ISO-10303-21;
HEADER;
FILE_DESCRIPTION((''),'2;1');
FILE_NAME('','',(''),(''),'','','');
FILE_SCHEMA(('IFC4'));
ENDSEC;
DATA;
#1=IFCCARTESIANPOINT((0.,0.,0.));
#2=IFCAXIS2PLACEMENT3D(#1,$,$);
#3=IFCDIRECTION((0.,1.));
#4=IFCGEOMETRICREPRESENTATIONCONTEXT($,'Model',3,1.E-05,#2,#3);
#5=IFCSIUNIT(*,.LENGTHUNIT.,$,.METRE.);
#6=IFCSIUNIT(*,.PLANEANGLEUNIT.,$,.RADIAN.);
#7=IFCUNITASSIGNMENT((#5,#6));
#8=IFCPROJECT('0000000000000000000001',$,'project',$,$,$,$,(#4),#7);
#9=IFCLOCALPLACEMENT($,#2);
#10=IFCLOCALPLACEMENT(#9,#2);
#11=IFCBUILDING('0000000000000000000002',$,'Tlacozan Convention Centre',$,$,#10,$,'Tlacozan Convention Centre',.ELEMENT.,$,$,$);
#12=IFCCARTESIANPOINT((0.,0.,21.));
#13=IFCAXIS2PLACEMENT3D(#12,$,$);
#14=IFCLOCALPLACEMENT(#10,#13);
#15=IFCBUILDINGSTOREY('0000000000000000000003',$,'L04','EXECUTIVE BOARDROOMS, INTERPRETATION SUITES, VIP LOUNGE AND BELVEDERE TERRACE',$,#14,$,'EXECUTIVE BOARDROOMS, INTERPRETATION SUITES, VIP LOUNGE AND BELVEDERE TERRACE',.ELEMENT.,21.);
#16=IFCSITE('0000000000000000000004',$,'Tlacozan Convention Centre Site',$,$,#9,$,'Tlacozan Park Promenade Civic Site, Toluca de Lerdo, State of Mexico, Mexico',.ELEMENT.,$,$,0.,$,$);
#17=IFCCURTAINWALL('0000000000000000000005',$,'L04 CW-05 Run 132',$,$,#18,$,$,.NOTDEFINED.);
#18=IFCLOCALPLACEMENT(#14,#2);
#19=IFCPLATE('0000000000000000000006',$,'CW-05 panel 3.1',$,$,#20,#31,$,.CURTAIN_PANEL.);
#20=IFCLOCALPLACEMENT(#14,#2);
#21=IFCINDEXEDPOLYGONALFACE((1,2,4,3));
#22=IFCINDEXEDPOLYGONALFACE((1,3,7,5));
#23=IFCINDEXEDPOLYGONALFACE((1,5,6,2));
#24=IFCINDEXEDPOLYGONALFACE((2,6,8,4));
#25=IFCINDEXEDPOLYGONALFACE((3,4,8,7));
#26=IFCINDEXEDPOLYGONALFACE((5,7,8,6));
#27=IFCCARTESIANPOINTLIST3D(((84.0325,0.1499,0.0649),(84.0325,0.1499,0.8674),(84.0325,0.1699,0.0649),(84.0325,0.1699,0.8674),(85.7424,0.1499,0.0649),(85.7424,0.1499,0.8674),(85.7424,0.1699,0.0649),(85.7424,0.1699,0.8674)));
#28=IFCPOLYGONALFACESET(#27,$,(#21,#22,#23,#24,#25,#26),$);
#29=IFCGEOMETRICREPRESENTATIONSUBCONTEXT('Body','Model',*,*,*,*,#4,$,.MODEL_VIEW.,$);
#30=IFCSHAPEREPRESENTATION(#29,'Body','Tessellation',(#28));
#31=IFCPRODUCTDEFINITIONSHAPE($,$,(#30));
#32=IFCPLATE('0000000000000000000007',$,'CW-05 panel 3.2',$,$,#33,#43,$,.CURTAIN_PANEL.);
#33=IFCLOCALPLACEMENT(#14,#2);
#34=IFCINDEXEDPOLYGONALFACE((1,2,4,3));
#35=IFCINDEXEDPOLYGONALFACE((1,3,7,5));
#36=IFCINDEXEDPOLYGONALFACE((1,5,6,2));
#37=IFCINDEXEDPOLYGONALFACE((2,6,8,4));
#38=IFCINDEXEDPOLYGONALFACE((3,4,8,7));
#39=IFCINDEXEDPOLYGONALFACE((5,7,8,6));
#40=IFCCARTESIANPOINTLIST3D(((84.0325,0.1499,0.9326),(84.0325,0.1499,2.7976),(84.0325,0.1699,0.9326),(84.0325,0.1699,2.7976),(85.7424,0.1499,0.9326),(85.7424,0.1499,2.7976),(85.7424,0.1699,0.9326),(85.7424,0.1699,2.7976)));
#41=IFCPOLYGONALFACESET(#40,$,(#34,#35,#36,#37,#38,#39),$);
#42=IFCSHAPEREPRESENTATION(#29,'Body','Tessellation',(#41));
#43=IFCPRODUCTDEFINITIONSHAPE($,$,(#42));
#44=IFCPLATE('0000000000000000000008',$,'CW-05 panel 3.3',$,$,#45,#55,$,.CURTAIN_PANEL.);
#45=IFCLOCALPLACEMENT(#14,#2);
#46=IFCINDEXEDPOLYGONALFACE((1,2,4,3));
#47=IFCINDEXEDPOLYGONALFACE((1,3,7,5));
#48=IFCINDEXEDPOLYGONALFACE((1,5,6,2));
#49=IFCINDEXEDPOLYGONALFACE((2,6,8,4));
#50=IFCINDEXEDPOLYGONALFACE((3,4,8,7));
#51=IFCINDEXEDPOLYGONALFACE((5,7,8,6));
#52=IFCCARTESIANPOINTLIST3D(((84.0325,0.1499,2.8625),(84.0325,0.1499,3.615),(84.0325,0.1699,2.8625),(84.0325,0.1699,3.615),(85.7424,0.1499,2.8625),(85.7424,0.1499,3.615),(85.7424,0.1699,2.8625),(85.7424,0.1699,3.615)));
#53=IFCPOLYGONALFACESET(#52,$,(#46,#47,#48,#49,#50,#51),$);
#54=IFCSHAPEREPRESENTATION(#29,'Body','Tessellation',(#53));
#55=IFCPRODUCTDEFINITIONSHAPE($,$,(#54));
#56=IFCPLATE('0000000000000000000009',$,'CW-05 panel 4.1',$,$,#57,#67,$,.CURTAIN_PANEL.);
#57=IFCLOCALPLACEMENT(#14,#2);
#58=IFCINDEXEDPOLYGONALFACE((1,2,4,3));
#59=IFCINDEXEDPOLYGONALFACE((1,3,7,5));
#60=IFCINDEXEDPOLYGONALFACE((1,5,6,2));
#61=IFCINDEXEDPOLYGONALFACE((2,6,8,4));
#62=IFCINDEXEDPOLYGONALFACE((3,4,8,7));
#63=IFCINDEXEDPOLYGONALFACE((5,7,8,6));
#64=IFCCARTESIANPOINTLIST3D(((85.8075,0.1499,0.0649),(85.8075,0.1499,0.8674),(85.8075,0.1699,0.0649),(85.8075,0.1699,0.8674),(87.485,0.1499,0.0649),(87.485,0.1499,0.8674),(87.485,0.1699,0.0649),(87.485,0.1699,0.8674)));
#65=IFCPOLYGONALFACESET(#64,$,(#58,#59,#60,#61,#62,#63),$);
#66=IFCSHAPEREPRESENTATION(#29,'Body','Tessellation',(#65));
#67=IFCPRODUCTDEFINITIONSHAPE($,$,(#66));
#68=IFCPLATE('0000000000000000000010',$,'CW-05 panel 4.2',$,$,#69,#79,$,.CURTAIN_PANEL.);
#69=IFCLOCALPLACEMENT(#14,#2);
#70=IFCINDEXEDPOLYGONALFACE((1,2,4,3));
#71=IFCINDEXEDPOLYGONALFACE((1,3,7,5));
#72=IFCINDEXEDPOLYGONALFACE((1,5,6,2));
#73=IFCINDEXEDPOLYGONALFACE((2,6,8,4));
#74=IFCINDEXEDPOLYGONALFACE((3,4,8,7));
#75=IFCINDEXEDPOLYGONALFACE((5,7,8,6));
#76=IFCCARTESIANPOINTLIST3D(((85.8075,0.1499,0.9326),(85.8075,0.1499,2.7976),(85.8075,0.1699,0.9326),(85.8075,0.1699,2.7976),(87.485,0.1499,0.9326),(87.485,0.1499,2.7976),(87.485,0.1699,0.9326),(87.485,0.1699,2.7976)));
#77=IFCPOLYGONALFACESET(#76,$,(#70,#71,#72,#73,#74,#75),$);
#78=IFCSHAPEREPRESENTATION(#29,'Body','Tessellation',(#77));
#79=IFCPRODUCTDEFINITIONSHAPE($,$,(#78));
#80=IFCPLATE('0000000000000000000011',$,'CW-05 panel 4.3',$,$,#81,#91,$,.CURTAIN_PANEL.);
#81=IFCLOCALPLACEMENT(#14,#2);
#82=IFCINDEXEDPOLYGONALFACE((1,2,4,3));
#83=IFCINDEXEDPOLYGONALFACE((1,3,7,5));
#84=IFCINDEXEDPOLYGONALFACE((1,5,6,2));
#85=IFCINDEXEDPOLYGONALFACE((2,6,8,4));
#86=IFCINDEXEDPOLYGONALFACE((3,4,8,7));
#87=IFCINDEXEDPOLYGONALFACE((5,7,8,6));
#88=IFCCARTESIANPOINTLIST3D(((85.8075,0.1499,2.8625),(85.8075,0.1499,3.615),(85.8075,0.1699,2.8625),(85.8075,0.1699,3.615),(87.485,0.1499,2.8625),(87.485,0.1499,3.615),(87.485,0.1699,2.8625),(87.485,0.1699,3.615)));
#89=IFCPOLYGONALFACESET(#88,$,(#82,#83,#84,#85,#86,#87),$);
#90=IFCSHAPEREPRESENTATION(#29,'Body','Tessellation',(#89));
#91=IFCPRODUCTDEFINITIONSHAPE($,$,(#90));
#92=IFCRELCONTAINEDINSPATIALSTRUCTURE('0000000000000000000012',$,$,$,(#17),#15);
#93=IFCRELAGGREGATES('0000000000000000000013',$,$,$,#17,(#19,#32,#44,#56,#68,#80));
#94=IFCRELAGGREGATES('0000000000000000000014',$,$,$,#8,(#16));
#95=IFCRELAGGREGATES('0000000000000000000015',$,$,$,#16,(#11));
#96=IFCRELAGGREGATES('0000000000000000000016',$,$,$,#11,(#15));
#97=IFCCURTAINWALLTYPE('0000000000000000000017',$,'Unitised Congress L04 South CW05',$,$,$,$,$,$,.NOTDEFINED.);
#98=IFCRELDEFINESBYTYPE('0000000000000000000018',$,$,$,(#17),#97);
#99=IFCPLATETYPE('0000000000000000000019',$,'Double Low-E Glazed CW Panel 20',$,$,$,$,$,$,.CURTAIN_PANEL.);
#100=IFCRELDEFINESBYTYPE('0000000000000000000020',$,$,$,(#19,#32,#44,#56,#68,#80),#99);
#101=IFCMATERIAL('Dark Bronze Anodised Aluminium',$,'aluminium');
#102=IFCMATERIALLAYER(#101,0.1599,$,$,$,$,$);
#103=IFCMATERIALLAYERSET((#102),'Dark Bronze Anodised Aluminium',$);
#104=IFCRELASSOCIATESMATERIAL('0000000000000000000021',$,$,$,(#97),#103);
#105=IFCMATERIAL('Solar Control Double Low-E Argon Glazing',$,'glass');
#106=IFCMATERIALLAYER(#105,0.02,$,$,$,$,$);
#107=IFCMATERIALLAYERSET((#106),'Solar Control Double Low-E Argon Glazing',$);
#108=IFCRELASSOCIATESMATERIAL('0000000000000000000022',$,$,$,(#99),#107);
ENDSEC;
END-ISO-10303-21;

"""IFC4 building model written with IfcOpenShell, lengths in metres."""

from ifc_helpers import new_model, si_unit, direction, frame, origin, origin_2d, place, context, subcontext, project, spatial, rectangle, extrude, material, layer, layer_set, type_object, element, aggregate, save


model = new_model("IFC4")

# Units and contexts
model_context = context("Model", 3, precision=1e-05, world=origin(), true_north=direction((0.0, 1.0)))
body_context = subcontext(model_context, "Body", "Model", "MODEL_VIEW")
ifc_project = project(units=[si_unit("LENGTHUNIT", "METRE"), si_unit("PLANEANGLEUNIT", "RADIAN")], contexts=[model_context])

# Site, building, storey
site_placement = place(None, origin())
site = spatial("IfcSite", under=ifc_project, at=site_placement, Name="Tlacozan Convention Centre Site", LongName="Tlacozan Park Promenade Civic Site, Toluca de Lerdo, State of Mexico, Mexico", CompositionType="ELEMENT", RefElevation=0.0)
building_placement = place(site_placement, origin())
building = spatial("IfcBuilding", under=site, at=building_placement, Name="Tlacozan Convention Centre", LongName="Tlacozan Convention Centre", CompositionType="ELEMENT")
storey_placement = place(building_placement, frame((0.0, 0.0, 21.0)))
storey = spatial("IfcBuildingStorey", under=building, at=storey_placement, Name="L04", Description="EXECUTIVE BOARDROOMS, INTERPRETATION SUITES, VIP LOUNGE AND BELVEDERE TERRACE", LongName="EXECUTIVE BOARDROOMS, INTERPRETATION SUITES, VIP LOUNGE AND BELVEDERE TERRACE", CompositionType="ELEMENT", Elevation=21.0)

# Curtain wall
ifc_material_1 = material(Name="Dark Bronze Anodised Aluminium", Category="aluminium")
ifc_layer_1 = layer(ifc_material_1, 0.1599)
ifc_layer_set_1 = layer_set([ifc_layer_1], Name="Dark Bronze Anodised Aluminium")
curtain_wall_type = type_object("IfcCurtainWallType", Name="Unitised Congress L04 South CW05", PredefinedType="NOTDEFINED", material=ifc_layer_set_1)
curtain_wall_1_placement = place(storey_placement, origin())
curtain_wall_1 = element("IfcCurtainWall", 1, at=curtain_wall_1_placement, inside=storey, type_object=curtain_wall_type, Name="L04 CW-05 Run 132", PredefinedType="NOTDEFINED")

# Plates
ifc_material_2 = material(Name="Solar Control Double Low-E Argon Glazing", Category="glass")
ifc_layer_2 = layer(ifc_material_2, 0.02)
ifc_layer_set_2 = layer_set([ifc_layer_2], Name="Solar Control Double Low-E Argon Glazing")
plate_type = type_object("IfcPlateType", Name="Double Low-E Glazed CW Panel 20", PredefinedType="CURTAIN_PANEL", material=ifc_layer_set_2)
plate_1_placement = place(storey_placement, frame((84.8875, 0.1599, 0.0649), z_axis=(0.0, 0.0, 1.0), x_axis=(1.0, 0.0, 0.0)))
plate_1 = element("IfcPlate", 2, at=plate_1_placement, type_object=plate_type, Name="CW-05 panel 3.1", PredefinedType="CURTAIN_PANEL", context=body_context, shape_type="SweptSolid", body=[
    extrude(rectangle(XDim=1.71, YDim=0.02, at=origin_2d()), origin(), (0.0, 0.0, 1.0), 0.8025),
])
plate_2_placement = place(storey_placement, frame((84.8875, 0.1599, 0.9326), z_axis=(0.0, 0.0, 1.0), x_axis=(1.0, 0.0, 0.0)))
plate_2 = element("IfcPlate", 3, at=plate_2_placement, type_object=plate_type, Name="CW-05 panel 3.2", PredefinedType="CURTAIN_PANEL", context=body_context, shape_type="SweptSolid", body=[
    extrude(rectangle(XDim=1.71, YDim=0.02, at=origin_2d()), origin(), (0.0, 0.0, 1.0), 1.865),
])
plate_3_placement = place(storey_placement, frame((84.8875, 0.1599, 2.8625), z_axis=(0.0, 0.0, 1.0), x_axis=(1.0, 0.0, 0.0)))
plate_3 = element("IfcPlate", 4, at=plate_3_placement, type_object=plate_type, Name="CW-05 panel 3.3", PredefinedType="CURTAIN_PANEL", context=body_context, shape_type="SweptSolid", body=[
    extrude(rectangle(XDim=1.71, YDim=0.02, at=origin_2d()), origin(), (0.0, 0.0, 1.0), 0.7524),
])
plate_4_placement = place(storey_placement, frame((86.6462, 0.1599, 0.0649), z_axis=(0.0, 0.0, 1.0), x_axis=(1.0, 0.0, 0.0)))
plate_4 = element("IfcPlate", 5, at=plate_4_placement, type_object=plate_type, Name="CW-05 panel 4.1", PredefinedType="CURTAIN_PANEL", context=body_context, shape_type="SweptSolid", body=[
    extrude(rectangle(XDim=1.6775, YDim=0.02, at=origin_2d()), origin(), (0.0, 0.0, 1.0), 0.8025),
])
plate_5_placement = place(storey_placement, frame((86.6462, 0.1599, 0.9326), z_axis=(0.0, 0.0, 1.0), x_axis=(1.0, 0.0, 0.0)))
plate_5 = element("IfcPlate", 6, at=plate_5_placement, type_object=plate_type, Name="CW-05 panel 4.2", PredefinedType="CURTAIN_PANEL", context=body_context, shape_type="SweptSolid", body=[
    extrude(rectangle(XDim=1.6775, YDim=0.02, at=origin_2d()), origin(), (0.0, 0.0, 1.0), 1.865),
])
plate_6_placement = place(storey_placement, frame((86.6462, 0.1599, 2.8625), z_axis=(0.0, 0.0, 1.0), x_axis=(1.0, 0.0, 0.0)))
plate_6 = element("IfcPlate", 7, at=plate_6_placement, type_object=plate_type, Name="CW-05 panel 4.3", PredefinedType="CURTAIN_PANEL", context=body_context, shape_type="SweptSolid", body=[
    extrude(rectangle(XDim=1.6775, YDim=0.02, at=origin_2d()), origin(), (0.0, 0.0, 1.0), 0.7524),
])
aggregate(curtain_wall_1, [plate_1, plate_2, plate_3, plate_4, plate_5, plate_6])

save(model, "model.ifc")
